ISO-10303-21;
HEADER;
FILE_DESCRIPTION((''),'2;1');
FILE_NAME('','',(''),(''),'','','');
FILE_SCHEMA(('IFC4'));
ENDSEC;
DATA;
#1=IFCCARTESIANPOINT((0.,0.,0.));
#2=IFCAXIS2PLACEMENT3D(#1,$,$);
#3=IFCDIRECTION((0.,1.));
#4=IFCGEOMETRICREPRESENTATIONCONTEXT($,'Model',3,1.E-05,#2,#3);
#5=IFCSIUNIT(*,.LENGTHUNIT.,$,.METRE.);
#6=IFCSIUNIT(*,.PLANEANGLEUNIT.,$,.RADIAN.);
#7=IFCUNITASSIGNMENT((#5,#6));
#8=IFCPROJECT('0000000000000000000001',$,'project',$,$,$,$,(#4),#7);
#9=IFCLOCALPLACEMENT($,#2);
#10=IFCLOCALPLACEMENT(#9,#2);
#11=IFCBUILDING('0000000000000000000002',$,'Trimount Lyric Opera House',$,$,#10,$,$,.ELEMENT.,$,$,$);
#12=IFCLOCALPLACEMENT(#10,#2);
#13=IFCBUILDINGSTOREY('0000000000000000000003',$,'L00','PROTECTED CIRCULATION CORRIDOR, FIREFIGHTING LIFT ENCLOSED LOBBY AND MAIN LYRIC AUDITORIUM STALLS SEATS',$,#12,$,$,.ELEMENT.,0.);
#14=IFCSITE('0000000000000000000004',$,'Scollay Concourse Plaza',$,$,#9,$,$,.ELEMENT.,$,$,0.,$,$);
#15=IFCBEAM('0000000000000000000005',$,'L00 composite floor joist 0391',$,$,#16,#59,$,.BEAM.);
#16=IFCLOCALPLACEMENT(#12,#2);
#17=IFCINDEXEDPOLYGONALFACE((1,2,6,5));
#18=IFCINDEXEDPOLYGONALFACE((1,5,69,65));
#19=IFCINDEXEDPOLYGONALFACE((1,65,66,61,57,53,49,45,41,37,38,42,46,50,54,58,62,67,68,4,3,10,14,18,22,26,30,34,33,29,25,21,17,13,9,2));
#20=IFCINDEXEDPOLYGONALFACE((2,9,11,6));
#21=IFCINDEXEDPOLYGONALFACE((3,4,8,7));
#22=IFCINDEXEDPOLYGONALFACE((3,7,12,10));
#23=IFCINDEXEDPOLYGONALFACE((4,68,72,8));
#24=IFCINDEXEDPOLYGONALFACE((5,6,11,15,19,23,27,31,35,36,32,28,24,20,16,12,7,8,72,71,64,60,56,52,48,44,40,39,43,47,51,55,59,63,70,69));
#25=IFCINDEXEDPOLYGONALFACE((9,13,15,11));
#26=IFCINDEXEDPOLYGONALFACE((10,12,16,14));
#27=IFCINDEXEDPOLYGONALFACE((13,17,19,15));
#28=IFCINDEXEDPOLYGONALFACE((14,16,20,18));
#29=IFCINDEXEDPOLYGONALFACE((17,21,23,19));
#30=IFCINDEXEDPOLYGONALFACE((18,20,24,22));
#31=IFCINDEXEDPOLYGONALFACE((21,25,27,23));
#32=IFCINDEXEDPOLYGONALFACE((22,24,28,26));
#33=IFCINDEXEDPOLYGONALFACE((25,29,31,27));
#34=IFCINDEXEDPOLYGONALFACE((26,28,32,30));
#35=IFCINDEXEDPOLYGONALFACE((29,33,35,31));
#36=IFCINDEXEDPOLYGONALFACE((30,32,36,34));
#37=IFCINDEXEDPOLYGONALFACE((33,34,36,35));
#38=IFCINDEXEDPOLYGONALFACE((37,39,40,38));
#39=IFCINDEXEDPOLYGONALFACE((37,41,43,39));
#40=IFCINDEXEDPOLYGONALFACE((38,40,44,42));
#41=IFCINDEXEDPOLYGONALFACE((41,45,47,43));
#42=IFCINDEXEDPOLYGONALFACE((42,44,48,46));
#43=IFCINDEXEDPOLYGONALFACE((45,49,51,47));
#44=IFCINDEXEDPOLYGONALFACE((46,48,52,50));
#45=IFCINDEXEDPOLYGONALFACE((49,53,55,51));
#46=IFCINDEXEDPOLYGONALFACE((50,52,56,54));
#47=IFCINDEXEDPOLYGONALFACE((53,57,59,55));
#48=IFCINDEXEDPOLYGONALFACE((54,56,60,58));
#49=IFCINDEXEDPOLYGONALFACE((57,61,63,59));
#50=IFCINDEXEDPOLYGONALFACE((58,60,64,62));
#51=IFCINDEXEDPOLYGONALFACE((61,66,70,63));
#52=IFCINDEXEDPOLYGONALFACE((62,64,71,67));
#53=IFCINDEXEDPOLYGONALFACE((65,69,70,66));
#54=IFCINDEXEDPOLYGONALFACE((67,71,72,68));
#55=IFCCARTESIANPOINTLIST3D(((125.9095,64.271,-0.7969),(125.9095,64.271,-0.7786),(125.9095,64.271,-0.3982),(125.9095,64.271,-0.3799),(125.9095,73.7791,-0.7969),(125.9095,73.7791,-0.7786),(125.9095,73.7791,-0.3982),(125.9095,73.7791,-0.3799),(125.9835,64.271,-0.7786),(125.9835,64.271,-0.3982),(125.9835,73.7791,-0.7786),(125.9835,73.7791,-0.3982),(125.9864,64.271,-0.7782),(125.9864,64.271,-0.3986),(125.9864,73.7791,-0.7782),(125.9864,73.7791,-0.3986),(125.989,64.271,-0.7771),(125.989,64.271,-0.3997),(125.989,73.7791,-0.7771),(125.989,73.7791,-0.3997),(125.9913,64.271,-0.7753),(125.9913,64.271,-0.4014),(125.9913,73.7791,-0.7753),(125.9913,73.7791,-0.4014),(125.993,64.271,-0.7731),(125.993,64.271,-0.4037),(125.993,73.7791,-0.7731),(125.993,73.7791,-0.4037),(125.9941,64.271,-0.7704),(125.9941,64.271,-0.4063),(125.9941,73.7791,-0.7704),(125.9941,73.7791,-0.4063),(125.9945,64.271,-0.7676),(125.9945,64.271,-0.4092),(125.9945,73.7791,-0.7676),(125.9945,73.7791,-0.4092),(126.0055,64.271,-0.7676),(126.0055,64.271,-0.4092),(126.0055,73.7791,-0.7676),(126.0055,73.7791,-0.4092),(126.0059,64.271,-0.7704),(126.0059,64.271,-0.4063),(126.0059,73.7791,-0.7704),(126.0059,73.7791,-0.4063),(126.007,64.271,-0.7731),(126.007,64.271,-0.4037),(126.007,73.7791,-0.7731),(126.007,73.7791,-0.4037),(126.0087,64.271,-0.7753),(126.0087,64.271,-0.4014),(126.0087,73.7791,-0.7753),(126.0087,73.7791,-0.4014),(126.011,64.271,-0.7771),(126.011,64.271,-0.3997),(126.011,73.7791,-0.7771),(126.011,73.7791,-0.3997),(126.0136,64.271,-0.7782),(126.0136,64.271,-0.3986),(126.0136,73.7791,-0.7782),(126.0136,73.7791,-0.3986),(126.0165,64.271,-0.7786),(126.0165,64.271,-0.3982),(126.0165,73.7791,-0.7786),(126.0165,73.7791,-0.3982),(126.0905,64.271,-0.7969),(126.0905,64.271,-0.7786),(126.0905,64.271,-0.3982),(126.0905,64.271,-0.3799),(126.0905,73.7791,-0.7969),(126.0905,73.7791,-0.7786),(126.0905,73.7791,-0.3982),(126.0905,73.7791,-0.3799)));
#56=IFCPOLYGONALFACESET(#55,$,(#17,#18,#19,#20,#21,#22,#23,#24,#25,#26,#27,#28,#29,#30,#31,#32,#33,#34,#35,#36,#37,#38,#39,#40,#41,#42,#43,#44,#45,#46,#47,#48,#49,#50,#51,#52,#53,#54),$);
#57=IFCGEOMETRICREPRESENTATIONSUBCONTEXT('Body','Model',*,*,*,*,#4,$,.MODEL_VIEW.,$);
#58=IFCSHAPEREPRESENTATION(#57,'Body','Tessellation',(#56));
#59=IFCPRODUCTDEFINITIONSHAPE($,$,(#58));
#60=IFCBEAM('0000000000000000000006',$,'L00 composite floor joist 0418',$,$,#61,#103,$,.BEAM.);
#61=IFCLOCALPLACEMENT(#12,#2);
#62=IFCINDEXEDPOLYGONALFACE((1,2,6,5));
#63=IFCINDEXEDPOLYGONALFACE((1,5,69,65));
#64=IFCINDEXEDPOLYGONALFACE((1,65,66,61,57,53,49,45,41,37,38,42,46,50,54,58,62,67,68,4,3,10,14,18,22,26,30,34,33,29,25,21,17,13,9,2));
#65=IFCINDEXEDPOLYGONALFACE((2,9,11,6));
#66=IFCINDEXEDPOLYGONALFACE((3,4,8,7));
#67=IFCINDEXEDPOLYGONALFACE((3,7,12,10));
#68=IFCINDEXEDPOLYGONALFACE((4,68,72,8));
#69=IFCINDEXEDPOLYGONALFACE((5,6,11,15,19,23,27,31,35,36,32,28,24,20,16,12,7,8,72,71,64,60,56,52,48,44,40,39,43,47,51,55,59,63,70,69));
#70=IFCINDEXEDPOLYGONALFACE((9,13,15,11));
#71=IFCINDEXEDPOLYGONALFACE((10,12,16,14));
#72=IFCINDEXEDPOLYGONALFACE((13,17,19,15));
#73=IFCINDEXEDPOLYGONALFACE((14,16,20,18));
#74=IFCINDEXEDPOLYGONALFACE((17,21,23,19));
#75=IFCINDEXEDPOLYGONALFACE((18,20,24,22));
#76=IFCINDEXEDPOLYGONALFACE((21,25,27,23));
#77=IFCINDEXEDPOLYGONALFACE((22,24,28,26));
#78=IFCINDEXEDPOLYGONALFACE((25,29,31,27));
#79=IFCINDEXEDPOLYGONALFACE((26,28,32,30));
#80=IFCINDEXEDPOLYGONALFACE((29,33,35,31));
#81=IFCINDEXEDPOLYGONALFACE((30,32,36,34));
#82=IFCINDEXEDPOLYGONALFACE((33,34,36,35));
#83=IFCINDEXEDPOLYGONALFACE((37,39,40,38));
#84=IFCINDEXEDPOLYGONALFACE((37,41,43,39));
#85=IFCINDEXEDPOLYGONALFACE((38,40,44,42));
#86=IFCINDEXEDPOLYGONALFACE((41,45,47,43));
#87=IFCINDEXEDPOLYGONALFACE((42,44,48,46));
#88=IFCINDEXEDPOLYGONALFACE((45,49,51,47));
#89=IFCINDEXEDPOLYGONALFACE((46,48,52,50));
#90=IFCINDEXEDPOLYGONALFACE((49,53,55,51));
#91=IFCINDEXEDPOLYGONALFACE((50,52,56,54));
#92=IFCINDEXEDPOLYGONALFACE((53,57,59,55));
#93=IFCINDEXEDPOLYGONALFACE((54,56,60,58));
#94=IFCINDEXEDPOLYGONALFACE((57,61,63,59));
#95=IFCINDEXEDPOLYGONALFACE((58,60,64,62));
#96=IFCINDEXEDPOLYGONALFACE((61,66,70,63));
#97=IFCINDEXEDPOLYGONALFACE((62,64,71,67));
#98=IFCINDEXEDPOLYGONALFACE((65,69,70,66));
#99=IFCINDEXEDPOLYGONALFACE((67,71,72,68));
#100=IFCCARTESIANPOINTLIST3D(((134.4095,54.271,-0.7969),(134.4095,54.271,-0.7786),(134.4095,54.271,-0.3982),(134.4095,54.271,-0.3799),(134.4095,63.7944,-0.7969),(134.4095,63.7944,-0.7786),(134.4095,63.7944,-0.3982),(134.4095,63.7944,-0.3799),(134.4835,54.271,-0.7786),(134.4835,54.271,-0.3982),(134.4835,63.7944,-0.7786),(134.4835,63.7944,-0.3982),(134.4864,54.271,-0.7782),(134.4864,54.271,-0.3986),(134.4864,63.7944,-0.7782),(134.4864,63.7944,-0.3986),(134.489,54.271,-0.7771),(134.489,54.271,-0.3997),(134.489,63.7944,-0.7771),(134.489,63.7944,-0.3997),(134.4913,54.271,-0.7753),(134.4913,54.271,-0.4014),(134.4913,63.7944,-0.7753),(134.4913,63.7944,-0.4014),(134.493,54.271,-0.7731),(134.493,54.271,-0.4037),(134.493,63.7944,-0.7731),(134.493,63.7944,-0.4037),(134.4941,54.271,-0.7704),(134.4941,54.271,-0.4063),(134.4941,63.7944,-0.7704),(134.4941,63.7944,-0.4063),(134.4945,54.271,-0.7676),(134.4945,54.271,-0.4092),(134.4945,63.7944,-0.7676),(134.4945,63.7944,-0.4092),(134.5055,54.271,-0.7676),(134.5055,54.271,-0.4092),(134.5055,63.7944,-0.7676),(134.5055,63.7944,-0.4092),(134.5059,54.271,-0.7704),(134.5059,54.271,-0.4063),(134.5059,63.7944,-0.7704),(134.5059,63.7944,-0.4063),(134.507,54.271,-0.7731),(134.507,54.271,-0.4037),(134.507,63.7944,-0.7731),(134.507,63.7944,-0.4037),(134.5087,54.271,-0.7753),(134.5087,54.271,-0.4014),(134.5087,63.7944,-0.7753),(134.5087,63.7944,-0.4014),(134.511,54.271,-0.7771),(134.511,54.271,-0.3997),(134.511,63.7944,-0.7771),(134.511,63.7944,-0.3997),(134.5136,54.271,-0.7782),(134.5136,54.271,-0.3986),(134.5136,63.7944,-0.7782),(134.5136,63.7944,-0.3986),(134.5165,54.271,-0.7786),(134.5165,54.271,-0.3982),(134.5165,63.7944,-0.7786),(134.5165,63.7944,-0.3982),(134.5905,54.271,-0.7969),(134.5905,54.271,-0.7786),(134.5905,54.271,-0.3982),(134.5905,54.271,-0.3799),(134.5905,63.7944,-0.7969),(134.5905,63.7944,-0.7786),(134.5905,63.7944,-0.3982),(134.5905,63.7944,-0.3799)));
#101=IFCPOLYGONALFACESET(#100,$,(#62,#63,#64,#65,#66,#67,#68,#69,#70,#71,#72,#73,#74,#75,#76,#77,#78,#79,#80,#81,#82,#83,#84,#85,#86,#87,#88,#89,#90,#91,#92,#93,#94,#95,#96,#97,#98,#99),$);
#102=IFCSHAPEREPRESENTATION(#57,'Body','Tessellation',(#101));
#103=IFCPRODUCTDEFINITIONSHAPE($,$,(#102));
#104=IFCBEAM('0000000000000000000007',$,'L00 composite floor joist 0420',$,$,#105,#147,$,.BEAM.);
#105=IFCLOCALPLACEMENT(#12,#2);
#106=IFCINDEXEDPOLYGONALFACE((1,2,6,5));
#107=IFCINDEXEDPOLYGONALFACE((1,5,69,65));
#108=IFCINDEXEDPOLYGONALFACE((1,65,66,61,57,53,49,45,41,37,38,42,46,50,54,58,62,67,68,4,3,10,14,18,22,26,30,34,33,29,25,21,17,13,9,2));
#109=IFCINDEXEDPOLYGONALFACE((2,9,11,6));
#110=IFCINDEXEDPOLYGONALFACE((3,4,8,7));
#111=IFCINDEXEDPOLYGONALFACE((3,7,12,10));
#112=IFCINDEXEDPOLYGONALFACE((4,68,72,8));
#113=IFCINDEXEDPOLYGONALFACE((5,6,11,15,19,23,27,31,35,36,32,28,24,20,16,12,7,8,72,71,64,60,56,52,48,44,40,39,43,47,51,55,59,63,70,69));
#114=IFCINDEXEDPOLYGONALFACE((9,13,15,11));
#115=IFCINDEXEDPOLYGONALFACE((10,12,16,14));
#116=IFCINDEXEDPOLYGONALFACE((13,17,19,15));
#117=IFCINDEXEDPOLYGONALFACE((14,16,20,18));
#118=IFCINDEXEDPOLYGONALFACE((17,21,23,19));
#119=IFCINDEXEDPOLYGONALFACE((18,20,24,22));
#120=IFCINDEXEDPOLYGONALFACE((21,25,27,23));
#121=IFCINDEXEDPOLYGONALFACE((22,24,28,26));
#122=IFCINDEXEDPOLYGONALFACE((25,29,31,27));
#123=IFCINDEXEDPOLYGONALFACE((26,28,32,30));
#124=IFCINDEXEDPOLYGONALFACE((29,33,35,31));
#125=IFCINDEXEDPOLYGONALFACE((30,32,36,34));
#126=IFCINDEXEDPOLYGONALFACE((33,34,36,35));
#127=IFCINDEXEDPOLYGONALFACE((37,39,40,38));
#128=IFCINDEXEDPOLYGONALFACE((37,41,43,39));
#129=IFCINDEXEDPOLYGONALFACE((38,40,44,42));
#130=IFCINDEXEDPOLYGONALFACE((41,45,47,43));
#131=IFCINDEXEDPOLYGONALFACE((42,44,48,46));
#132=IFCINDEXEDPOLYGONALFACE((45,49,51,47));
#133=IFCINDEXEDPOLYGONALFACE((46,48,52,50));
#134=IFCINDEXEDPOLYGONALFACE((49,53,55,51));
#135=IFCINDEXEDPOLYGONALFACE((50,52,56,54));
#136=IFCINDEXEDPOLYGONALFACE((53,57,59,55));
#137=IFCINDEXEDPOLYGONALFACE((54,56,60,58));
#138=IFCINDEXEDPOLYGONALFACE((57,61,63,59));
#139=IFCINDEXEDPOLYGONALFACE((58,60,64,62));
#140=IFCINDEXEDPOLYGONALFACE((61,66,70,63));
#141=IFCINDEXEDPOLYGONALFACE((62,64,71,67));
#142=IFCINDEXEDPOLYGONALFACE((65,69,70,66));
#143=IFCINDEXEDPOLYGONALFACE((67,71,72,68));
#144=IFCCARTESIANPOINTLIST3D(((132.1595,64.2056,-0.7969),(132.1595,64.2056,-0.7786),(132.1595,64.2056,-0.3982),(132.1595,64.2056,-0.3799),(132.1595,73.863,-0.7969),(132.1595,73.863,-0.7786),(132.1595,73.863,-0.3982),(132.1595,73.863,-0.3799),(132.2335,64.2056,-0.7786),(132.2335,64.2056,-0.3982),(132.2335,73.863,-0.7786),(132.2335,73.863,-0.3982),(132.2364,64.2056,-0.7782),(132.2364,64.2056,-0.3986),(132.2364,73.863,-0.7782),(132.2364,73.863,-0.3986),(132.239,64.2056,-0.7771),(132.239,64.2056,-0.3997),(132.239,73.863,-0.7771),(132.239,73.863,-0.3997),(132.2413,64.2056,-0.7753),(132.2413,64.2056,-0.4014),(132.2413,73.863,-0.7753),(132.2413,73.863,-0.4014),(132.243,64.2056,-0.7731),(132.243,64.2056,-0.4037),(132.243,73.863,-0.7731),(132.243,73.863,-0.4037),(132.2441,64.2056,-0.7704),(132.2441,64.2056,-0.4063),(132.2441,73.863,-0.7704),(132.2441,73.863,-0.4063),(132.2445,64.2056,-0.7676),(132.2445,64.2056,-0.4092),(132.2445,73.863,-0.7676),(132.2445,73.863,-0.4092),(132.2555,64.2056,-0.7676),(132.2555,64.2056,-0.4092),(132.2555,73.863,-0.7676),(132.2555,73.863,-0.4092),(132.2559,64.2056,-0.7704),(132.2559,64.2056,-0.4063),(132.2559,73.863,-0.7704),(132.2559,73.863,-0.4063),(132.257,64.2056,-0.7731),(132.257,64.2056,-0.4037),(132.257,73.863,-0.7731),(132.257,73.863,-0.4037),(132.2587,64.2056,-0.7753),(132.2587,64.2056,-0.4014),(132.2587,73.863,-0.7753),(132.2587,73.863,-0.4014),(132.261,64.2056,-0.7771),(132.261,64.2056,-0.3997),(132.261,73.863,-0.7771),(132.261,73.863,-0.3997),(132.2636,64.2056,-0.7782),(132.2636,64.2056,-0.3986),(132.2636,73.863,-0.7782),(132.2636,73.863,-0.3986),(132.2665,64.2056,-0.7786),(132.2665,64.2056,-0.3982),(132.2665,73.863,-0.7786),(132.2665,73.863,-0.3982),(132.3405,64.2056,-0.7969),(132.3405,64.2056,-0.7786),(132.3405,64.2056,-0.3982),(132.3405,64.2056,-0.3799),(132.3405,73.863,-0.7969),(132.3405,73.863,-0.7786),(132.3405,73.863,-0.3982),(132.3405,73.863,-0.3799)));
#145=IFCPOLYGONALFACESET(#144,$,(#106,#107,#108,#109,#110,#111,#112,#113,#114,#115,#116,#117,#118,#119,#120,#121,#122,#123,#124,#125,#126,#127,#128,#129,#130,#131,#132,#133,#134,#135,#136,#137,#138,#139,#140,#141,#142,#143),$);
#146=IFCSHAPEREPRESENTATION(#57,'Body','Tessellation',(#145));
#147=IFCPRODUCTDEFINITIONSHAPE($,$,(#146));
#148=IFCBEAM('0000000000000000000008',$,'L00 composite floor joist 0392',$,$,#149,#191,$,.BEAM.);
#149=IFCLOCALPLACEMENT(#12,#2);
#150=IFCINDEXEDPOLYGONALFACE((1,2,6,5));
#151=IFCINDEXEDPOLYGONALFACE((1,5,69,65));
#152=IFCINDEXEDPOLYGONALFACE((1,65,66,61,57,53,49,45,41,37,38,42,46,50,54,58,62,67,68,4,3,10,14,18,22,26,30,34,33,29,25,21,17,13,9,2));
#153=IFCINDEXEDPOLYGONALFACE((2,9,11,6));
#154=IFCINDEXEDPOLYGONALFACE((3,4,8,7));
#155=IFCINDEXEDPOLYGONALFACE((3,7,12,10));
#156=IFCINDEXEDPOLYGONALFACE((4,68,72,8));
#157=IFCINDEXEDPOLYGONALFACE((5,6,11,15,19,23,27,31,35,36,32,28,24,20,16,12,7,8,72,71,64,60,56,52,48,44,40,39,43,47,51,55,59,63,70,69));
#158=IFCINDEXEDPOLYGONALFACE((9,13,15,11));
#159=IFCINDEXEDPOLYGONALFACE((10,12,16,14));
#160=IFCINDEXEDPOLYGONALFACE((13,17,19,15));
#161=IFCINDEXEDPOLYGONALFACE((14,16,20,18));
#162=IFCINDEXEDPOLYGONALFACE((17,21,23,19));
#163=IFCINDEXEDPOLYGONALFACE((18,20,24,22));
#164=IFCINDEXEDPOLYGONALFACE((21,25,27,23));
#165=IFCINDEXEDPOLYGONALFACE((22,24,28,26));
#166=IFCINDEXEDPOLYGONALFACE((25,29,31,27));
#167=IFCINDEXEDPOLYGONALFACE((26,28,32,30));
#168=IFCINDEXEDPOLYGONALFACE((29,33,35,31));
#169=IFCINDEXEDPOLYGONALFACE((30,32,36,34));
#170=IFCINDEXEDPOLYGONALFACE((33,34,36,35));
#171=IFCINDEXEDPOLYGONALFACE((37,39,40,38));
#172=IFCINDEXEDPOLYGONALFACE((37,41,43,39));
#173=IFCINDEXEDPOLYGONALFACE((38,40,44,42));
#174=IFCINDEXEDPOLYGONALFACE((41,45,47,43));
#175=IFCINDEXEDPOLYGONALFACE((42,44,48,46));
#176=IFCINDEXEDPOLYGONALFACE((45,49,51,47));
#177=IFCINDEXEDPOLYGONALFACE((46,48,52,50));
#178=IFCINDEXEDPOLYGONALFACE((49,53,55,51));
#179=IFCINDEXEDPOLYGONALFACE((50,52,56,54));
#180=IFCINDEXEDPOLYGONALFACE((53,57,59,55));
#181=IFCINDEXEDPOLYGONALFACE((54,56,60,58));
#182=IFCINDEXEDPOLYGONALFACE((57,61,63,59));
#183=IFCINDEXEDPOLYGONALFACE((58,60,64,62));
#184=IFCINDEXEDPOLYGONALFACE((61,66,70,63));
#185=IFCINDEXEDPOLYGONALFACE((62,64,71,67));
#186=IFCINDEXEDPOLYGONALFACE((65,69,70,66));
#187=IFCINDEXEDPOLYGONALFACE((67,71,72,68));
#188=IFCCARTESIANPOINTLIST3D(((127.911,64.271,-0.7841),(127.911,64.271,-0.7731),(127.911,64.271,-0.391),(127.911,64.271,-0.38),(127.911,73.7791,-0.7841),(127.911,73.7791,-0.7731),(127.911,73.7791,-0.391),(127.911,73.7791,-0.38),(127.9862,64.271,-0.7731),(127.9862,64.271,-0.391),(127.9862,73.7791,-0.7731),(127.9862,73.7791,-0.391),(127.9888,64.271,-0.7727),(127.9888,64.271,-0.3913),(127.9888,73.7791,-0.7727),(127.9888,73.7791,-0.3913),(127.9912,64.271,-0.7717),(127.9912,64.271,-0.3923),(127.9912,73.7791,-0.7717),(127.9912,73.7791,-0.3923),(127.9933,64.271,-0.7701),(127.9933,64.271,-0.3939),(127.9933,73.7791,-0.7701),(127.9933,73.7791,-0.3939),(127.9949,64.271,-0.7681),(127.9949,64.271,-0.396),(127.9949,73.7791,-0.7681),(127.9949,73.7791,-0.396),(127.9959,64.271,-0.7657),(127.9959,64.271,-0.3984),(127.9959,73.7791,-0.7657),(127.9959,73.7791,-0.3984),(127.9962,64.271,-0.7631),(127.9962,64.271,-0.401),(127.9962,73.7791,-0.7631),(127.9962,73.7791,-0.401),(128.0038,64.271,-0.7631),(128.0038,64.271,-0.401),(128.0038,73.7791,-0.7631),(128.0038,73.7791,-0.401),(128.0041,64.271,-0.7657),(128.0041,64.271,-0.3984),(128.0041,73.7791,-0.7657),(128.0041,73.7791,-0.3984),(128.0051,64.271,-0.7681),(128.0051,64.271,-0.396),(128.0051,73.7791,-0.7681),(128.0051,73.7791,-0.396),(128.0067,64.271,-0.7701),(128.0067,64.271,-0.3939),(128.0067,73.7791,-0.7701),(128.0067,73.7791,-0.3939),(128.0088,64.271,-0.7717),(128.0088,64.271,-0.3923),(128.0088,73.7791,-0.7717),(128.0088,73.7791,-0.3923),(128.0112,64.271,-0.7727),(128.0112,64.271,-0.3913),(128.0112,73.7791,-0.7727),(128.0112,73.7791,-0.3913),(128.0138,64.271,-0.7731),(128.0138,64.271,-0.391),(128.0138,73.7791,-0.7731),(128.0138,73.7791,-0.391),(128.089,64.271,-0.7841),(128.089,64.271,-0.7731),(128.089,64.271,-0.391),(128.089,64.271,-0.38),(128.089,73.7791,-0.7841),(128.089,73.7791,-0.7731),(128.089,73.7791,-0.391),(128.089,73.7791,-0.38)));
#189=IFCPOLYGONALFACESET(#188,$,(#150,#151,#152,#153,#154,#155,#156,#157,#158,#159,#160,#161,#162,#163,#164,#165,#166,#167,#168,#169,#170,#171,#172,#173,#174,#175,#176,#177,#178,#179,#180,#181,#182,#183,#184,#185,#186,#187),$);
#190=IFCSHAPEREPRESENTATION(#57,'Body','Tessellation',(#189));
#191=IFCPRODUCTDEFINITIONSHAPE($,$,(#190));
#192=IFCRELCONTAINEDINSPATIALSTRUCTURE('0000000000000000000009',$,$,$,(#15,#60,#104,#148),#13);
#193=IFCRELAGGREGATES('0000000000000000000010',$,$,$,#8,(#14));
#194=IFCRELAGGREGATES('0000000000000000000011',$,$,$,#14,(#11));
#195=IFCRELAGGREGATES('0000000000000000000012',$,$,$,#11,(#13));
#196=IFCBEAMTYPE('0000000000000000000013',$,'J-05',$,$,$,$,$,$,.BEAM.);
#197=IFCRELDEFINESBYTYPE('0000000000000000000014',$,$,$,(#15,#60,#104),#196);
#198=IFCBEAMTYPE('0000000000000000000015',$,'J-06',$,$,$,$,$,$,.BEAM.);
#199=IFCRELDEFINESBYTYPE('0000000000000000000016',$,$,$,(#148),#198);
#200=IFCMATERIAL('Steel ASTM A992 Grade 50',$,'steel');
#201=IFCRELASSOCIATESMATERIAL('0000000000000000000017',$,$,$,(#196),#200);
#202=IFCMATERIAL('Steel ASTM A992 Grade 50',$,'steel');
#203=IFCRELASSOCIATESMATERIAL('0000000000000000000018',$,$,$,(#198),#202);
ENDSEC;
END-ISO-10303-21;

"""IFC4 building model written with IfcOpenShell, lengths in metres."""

from ifc_helpers import new_model, si_unit, direction, frame, origin, origin_2d, place, context, subcontext, project, spatial, i_section, extrude, material, material_profile, profile_set, type_object, element, save


model = new_model("IFC4")

# Units and contexts
model_context = context("Model", 3, precision=1e-05, world=origin(), true_north=direction((0.0, 1.0)))
body_context = subcontext(model_context, "Body", "Model", "MODEL_VIEW")
ifc_project = project(units=[si_unit("LENGTHUNIT", "METRE"), si_unit("PLANEANGLEUNIT", "RADIAN")], contexts=[model_context])

# Site, building, storey
site_placement = place(None, origin())
site = spatial("IfcSite", under=ifc_project, at=site_placement, Name="Scollay Concourse Plaza", CompositionType="ELEMENT", RefElevation=0.0)
building_placement = place(site_placement, origin())
building = spatial("IfcBuilding", under=site, at=building_placement, Name="Trimount Lyric Opera House", CompositionType="ELEMENT")
storey_placement = place(building_placement, origin())
storey = spatial("IfcBuildingStorey", under=building, at=storey_placement, Name="L00", Description="PROTECTED CIRCULATION CORRIDOR, FIREFIGHTING LIFT ENCLOSED LOBBY AND MAIN LYRIC AUDITORIUM STALLS SEATS", CompositionType="ELEMENT", Elevation=0.0)

# Beams
ifc_material_1 = material(Name="Steel ASTM A992 Grade 50", Category="steel")
ifc_material_profile_1 = material_profile(ifc_material_1, i_section(OverallWidth=0.1809, OverallDepth=0.417, WebThickness=0.011, FlangeThickness=0.0183, FilletRadius=0.011, at=origin_2d()), Name="W16X57")
ifc_profile_set_1 = profile_set([ifc_material_profile_1], Name="Steel ASTM A992 Grade 50")
beam_type_1 = type_object("IfcBeamType", Name="J-05", PredefinedType="BEAM", material=ifc_profile_set_1)
beam_1_placement = place(storey_placement, frame((126.0, 64.271, -0.5884), z_axis=(0.0, 1.0, 0.0), x_axis=(-1.0, 0.0, 0.0)))
element("IfcBeam", 1, at=beam_1_placement, inside=storey, type_object=beam_type_1, Name="L00 composite floor joist 0391", PredefinedType="BEAM", context=body_context, shape_type="SweptSolid", body=[
    extrude(i_section(OverallWidth=0.1809, OverallDepth=0.417, WebThickness=0.011, FlangeThickness=0.0183, FilletRadius=0.011, at=origin_2d()), origin(), (0.0, 0.0, 1.0), 9.5081),
])
beam_2_placement = place(storey_placement, frame((134.5, 54.271, -0.5884), z_axis=(0.0, 1.0, 0.0), x_axis=(-1.0, 0.0, 0.0)))
element("IfcBeam", 2, at=beam_2_placement, inside=storey, type_object=beam_type_1, Name="L00 composite floor joist 0418", PredefinedType="BEAM", context=body_context, shape_type="SweptSolid", body=[
    extrude(i_section(OverallWidth=0.1809, OverallDepth=0.417, WebThickness=0.011, FlangeThickness=0.0183, FilletRadius=0.011, at=origin_2d()), origin(), (0.0, 0.0, 1.0), 9.5234),
])
beam_3_placement = place(storey_placement, frame((132.25, 64.2056, -0.5884), z_axis=(0.0, 1.0, 0.0), x_axis=(-1.0, 0.0, 0.0)))
element("IfcBeam", 3, at=beam_3_placement, inside=storey, type_object=beam_type_1, Name="L00 composite floor joist 0420", PredefinedType="BEAM", context=body_context, shape_type="SweptSolid", body=[
    extrude(i_section(OverallWidth=0.1809, OverallDepth=0.417, WebThickness=0.011, FlangeThickness=0.0183, FilletRadius=0.011, at=origin_2d()), origin(), (0.0, 0.0, 1.0), 9.6575),
])
ifc_material_2 = material(Name="Steel ASTM A992 Grade 50", Category="steel")
ifc_material_profile_2 = material_profile(ifc_material_2, i_section(OverallWidth=0.178, OverallDepth=0.4041, WebThickness=0.0076, FlangeThickness=0.011, FilletRadius=0.01, at=origin_2d()), Name="W16X36")
ifc_profile_set_2 = profile_set([ifc_material_profile_2], Name="Steel ASTM A992 Grade 50")
beam_type_2 = type_object("IfcBeamType", Name="J-06", PredefinedType="BEAM", material=ifc_profile_set_2)
beam_4_placement = place(storey_placement, frame((128.0, 64.271, -0.582), z_axis=(0.0, 1.0, 0.0), x_axis=(-1.0, 0.0, 0.0)))
element("IfcBeam", 4, at=beam_4_placement, inside=storey, type_object=beam_type_2, Name="L00 composite floor joist 0392", PredefinedType="BEAM", context=body_context, shape_type="SweptSolid", body=[
    extrude(i_section(OverallWidth=0.178, OverallDepth=0.4041, WebThickness=0.0076, FlangeThickness=0.011, FilletRadius=0.01, at=origin_2d()), origin(), (0.0, 0.0, 1.0), 9.5081),
])

save(model, "model.ifc")
